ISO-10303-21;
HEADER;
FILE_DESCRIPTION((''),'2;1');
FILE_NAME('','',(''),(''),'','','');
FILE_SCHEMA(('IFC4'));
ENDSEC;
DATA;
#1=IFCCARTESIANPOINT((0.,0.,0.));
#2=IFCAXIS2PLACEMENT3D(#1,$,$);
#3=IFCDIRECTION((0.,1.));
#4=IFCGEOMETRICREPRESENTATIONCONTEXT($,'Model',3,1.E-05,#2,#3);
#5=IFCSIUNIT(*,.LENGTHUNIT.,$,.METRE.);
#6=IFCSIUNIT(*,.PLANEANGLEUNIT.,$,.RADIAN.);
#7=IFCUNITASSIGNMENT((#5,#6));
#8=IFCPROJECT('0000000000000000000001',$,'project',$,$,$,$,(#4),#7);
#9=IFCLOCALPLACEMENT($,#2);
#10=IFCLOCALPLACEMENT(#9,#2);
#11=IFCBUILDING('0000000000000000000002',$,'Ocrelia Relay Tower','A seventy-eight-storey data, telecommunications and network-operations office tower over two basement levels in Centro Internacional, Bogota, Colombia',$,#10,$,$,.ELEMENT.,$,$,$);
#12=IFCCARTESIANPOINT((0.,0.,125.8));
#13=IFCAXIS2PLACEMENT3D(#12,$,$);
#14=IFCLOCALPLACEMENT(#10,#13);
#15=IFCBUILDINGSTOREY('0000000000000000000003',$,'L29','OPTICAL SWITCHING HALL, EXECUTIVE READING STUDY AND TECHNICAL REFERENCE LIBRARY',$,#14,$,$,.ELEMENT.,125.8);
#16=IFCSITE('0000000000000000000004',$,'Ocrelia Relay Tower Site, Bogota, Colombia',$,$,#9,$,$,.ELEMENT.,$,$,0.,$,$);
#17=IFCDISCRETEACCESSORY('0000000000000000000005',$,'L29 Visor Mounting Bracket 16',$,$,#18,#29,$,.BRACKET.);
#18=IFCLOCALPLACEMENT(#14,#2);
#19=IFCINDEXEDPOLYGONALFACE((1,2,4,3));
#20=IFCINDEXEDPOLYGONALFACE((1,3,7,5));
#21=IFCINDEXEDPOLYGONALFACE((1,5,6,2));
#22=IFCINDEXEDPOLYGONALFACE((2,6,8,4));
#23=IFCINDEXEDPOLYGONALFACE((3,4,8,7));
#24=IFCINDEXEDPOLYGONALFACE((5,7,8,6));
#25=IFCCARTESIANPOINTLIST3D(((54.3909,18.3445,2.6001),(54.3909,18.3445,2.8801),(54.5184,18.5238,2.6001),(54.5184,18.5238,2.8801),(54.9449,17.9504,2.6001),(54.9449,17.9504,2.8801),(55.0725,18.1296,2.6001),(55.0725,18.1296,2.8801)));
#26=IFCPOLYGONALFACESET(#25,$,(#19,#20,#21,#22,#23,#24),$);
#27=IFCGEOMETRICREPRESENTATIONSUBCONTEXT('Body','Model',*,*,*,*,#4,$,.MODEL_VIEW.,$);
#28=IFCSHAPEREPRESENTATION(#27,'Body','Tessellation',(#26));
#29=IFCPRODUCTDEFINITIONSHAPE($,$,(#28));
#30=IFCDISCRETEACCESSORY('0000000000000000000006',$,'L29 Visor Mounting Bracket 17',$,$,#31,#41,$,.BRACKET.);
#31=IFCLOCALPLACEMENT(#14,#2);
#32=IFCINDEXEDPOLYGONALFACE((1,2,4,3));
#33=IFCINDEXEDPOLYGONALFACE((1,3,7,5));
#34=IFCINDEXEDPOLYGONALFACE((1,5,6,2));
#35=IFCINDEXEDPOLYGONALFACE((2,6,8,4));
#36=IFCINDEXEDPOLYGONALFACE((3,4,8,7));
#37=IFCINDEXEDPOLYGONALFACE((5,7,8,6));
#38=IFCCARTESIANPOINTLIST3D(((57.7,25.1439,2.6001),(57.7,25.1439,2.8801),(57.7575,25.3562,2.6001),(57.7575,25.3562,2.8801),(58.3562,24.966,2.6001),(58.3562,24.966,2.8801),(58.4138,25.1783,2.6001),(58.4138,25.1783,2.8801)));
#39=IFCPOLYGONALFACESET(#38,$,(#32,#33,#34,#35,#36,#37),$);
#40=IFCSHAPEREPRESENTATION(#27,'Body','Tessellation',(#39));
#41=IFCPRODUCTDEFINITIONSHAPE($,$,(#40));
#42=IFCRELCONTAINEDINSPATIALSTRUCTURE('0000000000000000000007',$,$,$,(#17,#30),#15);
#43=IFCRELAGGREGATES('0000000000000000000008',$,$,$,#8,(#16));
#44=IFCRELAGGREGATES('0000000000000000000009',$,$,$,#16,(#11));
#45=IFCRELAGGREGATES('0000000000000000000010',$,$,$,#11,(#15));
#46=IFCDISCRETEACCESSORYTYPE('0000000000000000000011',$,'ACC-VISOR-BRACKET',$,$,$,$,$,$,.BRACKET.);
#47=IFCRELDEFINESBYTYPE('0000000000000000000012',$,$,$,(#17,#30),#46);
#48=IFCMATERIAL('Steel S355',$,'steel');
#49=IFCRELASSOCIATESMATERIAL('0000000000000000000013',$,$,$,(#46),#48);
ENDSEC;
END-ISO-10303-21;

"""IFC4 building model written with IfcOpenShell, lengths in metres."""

from ifc_helpers import new_model, si_unit, direction, frame, origin, origin_2d, place, context, subcontext, project, spatial, rectangle, extrude, material, type_object, element, save


model = new_model("IFC4")

# Units and contexts
model_context = context("Model", 3, precision=1e-05, world=origin(), true_north=direction((0.0, 1.0)))
body_context = subcontext(model_context, "Body", "Model", "MODEL_VIEW")
ifc_project = project(units=[si_unit("LENGTHUNIT", "METRE"), si_unit("PLANEANGLEUNIT", "RADIAN")], contexts=[model_context])

# Site, building, storey
site_placement = place(None, origin())
site = spatial("IfcSite", under=ifc_project, at=site_placement, Name="Ocrelia Relay Tower Site, Bogota, Colombia", CompositionType="ELEMENT", RefElevation=0.0)
building_placement = place(site_placement, origin())
building = spatial("IfcBuilding", under=site, at=building_placement, Name="Ocrelia Relay Tower", Description="A seventy-eight-storey data, telecommunications and network-operations office tower over two basement levels in Centro Internacional, Bogota, Colombia", CompositionType="ELEMENT")
storey_placement = place(building_placement, frame((0.0, 0.0, 125.8)))
storey = spatial("IfcBuildingStorey", under=building, at=storey_placement, Name="L29", Description="OPTICAL SWITCHING HALL, EXECUTIVE READING STUDY AND TECHNICAL REFERENCE LIBRARY", CompositionType="ELEMENT", Elevation=125.8)

# Shared definitions
ifc_material_1 = material(Name="Steel S355", Category="steel")

# Discrete accessories
discrete_accessory_type = type_object("IfcDiscreteAccessoryType", Name="ACC-VISOR-BRACKET", PredefinedType="BRACKET", material=ifc_material_1)
for number, where, z_axis, x_axis, name in (
    (1, (54.7317, 18.2371, 2.6001), (0.0, 0.0, 1.0), (0.579736, 0.814805, 0.0), "L29 Visor Mounting Bracket 16"),
    (2, (58.0569, 25.1611, 2.6001), (0.0, 0.0, 1.0), (0.261673, 0.965157, 0.0), "L29 Visor Mounting Bracket 17"),
):
    element("IfcDiscreteAccessory", number, at=place(storey_placement, frame(where, z_axis=z_axis, x_axis=x_axis)), inside=storey, type_object=discrete_accessory_type, Name=name, PredefinedType="BRACKET", context=body_context, shape_type="SweptSolid", body=[
        extrude(rectangle(XDim=0.22, YDim=0.6799, at=origin_2d()), origin(), (0.0, 0.0, 1.0), 0.28),
    ])

save(model, "model.ifc")
